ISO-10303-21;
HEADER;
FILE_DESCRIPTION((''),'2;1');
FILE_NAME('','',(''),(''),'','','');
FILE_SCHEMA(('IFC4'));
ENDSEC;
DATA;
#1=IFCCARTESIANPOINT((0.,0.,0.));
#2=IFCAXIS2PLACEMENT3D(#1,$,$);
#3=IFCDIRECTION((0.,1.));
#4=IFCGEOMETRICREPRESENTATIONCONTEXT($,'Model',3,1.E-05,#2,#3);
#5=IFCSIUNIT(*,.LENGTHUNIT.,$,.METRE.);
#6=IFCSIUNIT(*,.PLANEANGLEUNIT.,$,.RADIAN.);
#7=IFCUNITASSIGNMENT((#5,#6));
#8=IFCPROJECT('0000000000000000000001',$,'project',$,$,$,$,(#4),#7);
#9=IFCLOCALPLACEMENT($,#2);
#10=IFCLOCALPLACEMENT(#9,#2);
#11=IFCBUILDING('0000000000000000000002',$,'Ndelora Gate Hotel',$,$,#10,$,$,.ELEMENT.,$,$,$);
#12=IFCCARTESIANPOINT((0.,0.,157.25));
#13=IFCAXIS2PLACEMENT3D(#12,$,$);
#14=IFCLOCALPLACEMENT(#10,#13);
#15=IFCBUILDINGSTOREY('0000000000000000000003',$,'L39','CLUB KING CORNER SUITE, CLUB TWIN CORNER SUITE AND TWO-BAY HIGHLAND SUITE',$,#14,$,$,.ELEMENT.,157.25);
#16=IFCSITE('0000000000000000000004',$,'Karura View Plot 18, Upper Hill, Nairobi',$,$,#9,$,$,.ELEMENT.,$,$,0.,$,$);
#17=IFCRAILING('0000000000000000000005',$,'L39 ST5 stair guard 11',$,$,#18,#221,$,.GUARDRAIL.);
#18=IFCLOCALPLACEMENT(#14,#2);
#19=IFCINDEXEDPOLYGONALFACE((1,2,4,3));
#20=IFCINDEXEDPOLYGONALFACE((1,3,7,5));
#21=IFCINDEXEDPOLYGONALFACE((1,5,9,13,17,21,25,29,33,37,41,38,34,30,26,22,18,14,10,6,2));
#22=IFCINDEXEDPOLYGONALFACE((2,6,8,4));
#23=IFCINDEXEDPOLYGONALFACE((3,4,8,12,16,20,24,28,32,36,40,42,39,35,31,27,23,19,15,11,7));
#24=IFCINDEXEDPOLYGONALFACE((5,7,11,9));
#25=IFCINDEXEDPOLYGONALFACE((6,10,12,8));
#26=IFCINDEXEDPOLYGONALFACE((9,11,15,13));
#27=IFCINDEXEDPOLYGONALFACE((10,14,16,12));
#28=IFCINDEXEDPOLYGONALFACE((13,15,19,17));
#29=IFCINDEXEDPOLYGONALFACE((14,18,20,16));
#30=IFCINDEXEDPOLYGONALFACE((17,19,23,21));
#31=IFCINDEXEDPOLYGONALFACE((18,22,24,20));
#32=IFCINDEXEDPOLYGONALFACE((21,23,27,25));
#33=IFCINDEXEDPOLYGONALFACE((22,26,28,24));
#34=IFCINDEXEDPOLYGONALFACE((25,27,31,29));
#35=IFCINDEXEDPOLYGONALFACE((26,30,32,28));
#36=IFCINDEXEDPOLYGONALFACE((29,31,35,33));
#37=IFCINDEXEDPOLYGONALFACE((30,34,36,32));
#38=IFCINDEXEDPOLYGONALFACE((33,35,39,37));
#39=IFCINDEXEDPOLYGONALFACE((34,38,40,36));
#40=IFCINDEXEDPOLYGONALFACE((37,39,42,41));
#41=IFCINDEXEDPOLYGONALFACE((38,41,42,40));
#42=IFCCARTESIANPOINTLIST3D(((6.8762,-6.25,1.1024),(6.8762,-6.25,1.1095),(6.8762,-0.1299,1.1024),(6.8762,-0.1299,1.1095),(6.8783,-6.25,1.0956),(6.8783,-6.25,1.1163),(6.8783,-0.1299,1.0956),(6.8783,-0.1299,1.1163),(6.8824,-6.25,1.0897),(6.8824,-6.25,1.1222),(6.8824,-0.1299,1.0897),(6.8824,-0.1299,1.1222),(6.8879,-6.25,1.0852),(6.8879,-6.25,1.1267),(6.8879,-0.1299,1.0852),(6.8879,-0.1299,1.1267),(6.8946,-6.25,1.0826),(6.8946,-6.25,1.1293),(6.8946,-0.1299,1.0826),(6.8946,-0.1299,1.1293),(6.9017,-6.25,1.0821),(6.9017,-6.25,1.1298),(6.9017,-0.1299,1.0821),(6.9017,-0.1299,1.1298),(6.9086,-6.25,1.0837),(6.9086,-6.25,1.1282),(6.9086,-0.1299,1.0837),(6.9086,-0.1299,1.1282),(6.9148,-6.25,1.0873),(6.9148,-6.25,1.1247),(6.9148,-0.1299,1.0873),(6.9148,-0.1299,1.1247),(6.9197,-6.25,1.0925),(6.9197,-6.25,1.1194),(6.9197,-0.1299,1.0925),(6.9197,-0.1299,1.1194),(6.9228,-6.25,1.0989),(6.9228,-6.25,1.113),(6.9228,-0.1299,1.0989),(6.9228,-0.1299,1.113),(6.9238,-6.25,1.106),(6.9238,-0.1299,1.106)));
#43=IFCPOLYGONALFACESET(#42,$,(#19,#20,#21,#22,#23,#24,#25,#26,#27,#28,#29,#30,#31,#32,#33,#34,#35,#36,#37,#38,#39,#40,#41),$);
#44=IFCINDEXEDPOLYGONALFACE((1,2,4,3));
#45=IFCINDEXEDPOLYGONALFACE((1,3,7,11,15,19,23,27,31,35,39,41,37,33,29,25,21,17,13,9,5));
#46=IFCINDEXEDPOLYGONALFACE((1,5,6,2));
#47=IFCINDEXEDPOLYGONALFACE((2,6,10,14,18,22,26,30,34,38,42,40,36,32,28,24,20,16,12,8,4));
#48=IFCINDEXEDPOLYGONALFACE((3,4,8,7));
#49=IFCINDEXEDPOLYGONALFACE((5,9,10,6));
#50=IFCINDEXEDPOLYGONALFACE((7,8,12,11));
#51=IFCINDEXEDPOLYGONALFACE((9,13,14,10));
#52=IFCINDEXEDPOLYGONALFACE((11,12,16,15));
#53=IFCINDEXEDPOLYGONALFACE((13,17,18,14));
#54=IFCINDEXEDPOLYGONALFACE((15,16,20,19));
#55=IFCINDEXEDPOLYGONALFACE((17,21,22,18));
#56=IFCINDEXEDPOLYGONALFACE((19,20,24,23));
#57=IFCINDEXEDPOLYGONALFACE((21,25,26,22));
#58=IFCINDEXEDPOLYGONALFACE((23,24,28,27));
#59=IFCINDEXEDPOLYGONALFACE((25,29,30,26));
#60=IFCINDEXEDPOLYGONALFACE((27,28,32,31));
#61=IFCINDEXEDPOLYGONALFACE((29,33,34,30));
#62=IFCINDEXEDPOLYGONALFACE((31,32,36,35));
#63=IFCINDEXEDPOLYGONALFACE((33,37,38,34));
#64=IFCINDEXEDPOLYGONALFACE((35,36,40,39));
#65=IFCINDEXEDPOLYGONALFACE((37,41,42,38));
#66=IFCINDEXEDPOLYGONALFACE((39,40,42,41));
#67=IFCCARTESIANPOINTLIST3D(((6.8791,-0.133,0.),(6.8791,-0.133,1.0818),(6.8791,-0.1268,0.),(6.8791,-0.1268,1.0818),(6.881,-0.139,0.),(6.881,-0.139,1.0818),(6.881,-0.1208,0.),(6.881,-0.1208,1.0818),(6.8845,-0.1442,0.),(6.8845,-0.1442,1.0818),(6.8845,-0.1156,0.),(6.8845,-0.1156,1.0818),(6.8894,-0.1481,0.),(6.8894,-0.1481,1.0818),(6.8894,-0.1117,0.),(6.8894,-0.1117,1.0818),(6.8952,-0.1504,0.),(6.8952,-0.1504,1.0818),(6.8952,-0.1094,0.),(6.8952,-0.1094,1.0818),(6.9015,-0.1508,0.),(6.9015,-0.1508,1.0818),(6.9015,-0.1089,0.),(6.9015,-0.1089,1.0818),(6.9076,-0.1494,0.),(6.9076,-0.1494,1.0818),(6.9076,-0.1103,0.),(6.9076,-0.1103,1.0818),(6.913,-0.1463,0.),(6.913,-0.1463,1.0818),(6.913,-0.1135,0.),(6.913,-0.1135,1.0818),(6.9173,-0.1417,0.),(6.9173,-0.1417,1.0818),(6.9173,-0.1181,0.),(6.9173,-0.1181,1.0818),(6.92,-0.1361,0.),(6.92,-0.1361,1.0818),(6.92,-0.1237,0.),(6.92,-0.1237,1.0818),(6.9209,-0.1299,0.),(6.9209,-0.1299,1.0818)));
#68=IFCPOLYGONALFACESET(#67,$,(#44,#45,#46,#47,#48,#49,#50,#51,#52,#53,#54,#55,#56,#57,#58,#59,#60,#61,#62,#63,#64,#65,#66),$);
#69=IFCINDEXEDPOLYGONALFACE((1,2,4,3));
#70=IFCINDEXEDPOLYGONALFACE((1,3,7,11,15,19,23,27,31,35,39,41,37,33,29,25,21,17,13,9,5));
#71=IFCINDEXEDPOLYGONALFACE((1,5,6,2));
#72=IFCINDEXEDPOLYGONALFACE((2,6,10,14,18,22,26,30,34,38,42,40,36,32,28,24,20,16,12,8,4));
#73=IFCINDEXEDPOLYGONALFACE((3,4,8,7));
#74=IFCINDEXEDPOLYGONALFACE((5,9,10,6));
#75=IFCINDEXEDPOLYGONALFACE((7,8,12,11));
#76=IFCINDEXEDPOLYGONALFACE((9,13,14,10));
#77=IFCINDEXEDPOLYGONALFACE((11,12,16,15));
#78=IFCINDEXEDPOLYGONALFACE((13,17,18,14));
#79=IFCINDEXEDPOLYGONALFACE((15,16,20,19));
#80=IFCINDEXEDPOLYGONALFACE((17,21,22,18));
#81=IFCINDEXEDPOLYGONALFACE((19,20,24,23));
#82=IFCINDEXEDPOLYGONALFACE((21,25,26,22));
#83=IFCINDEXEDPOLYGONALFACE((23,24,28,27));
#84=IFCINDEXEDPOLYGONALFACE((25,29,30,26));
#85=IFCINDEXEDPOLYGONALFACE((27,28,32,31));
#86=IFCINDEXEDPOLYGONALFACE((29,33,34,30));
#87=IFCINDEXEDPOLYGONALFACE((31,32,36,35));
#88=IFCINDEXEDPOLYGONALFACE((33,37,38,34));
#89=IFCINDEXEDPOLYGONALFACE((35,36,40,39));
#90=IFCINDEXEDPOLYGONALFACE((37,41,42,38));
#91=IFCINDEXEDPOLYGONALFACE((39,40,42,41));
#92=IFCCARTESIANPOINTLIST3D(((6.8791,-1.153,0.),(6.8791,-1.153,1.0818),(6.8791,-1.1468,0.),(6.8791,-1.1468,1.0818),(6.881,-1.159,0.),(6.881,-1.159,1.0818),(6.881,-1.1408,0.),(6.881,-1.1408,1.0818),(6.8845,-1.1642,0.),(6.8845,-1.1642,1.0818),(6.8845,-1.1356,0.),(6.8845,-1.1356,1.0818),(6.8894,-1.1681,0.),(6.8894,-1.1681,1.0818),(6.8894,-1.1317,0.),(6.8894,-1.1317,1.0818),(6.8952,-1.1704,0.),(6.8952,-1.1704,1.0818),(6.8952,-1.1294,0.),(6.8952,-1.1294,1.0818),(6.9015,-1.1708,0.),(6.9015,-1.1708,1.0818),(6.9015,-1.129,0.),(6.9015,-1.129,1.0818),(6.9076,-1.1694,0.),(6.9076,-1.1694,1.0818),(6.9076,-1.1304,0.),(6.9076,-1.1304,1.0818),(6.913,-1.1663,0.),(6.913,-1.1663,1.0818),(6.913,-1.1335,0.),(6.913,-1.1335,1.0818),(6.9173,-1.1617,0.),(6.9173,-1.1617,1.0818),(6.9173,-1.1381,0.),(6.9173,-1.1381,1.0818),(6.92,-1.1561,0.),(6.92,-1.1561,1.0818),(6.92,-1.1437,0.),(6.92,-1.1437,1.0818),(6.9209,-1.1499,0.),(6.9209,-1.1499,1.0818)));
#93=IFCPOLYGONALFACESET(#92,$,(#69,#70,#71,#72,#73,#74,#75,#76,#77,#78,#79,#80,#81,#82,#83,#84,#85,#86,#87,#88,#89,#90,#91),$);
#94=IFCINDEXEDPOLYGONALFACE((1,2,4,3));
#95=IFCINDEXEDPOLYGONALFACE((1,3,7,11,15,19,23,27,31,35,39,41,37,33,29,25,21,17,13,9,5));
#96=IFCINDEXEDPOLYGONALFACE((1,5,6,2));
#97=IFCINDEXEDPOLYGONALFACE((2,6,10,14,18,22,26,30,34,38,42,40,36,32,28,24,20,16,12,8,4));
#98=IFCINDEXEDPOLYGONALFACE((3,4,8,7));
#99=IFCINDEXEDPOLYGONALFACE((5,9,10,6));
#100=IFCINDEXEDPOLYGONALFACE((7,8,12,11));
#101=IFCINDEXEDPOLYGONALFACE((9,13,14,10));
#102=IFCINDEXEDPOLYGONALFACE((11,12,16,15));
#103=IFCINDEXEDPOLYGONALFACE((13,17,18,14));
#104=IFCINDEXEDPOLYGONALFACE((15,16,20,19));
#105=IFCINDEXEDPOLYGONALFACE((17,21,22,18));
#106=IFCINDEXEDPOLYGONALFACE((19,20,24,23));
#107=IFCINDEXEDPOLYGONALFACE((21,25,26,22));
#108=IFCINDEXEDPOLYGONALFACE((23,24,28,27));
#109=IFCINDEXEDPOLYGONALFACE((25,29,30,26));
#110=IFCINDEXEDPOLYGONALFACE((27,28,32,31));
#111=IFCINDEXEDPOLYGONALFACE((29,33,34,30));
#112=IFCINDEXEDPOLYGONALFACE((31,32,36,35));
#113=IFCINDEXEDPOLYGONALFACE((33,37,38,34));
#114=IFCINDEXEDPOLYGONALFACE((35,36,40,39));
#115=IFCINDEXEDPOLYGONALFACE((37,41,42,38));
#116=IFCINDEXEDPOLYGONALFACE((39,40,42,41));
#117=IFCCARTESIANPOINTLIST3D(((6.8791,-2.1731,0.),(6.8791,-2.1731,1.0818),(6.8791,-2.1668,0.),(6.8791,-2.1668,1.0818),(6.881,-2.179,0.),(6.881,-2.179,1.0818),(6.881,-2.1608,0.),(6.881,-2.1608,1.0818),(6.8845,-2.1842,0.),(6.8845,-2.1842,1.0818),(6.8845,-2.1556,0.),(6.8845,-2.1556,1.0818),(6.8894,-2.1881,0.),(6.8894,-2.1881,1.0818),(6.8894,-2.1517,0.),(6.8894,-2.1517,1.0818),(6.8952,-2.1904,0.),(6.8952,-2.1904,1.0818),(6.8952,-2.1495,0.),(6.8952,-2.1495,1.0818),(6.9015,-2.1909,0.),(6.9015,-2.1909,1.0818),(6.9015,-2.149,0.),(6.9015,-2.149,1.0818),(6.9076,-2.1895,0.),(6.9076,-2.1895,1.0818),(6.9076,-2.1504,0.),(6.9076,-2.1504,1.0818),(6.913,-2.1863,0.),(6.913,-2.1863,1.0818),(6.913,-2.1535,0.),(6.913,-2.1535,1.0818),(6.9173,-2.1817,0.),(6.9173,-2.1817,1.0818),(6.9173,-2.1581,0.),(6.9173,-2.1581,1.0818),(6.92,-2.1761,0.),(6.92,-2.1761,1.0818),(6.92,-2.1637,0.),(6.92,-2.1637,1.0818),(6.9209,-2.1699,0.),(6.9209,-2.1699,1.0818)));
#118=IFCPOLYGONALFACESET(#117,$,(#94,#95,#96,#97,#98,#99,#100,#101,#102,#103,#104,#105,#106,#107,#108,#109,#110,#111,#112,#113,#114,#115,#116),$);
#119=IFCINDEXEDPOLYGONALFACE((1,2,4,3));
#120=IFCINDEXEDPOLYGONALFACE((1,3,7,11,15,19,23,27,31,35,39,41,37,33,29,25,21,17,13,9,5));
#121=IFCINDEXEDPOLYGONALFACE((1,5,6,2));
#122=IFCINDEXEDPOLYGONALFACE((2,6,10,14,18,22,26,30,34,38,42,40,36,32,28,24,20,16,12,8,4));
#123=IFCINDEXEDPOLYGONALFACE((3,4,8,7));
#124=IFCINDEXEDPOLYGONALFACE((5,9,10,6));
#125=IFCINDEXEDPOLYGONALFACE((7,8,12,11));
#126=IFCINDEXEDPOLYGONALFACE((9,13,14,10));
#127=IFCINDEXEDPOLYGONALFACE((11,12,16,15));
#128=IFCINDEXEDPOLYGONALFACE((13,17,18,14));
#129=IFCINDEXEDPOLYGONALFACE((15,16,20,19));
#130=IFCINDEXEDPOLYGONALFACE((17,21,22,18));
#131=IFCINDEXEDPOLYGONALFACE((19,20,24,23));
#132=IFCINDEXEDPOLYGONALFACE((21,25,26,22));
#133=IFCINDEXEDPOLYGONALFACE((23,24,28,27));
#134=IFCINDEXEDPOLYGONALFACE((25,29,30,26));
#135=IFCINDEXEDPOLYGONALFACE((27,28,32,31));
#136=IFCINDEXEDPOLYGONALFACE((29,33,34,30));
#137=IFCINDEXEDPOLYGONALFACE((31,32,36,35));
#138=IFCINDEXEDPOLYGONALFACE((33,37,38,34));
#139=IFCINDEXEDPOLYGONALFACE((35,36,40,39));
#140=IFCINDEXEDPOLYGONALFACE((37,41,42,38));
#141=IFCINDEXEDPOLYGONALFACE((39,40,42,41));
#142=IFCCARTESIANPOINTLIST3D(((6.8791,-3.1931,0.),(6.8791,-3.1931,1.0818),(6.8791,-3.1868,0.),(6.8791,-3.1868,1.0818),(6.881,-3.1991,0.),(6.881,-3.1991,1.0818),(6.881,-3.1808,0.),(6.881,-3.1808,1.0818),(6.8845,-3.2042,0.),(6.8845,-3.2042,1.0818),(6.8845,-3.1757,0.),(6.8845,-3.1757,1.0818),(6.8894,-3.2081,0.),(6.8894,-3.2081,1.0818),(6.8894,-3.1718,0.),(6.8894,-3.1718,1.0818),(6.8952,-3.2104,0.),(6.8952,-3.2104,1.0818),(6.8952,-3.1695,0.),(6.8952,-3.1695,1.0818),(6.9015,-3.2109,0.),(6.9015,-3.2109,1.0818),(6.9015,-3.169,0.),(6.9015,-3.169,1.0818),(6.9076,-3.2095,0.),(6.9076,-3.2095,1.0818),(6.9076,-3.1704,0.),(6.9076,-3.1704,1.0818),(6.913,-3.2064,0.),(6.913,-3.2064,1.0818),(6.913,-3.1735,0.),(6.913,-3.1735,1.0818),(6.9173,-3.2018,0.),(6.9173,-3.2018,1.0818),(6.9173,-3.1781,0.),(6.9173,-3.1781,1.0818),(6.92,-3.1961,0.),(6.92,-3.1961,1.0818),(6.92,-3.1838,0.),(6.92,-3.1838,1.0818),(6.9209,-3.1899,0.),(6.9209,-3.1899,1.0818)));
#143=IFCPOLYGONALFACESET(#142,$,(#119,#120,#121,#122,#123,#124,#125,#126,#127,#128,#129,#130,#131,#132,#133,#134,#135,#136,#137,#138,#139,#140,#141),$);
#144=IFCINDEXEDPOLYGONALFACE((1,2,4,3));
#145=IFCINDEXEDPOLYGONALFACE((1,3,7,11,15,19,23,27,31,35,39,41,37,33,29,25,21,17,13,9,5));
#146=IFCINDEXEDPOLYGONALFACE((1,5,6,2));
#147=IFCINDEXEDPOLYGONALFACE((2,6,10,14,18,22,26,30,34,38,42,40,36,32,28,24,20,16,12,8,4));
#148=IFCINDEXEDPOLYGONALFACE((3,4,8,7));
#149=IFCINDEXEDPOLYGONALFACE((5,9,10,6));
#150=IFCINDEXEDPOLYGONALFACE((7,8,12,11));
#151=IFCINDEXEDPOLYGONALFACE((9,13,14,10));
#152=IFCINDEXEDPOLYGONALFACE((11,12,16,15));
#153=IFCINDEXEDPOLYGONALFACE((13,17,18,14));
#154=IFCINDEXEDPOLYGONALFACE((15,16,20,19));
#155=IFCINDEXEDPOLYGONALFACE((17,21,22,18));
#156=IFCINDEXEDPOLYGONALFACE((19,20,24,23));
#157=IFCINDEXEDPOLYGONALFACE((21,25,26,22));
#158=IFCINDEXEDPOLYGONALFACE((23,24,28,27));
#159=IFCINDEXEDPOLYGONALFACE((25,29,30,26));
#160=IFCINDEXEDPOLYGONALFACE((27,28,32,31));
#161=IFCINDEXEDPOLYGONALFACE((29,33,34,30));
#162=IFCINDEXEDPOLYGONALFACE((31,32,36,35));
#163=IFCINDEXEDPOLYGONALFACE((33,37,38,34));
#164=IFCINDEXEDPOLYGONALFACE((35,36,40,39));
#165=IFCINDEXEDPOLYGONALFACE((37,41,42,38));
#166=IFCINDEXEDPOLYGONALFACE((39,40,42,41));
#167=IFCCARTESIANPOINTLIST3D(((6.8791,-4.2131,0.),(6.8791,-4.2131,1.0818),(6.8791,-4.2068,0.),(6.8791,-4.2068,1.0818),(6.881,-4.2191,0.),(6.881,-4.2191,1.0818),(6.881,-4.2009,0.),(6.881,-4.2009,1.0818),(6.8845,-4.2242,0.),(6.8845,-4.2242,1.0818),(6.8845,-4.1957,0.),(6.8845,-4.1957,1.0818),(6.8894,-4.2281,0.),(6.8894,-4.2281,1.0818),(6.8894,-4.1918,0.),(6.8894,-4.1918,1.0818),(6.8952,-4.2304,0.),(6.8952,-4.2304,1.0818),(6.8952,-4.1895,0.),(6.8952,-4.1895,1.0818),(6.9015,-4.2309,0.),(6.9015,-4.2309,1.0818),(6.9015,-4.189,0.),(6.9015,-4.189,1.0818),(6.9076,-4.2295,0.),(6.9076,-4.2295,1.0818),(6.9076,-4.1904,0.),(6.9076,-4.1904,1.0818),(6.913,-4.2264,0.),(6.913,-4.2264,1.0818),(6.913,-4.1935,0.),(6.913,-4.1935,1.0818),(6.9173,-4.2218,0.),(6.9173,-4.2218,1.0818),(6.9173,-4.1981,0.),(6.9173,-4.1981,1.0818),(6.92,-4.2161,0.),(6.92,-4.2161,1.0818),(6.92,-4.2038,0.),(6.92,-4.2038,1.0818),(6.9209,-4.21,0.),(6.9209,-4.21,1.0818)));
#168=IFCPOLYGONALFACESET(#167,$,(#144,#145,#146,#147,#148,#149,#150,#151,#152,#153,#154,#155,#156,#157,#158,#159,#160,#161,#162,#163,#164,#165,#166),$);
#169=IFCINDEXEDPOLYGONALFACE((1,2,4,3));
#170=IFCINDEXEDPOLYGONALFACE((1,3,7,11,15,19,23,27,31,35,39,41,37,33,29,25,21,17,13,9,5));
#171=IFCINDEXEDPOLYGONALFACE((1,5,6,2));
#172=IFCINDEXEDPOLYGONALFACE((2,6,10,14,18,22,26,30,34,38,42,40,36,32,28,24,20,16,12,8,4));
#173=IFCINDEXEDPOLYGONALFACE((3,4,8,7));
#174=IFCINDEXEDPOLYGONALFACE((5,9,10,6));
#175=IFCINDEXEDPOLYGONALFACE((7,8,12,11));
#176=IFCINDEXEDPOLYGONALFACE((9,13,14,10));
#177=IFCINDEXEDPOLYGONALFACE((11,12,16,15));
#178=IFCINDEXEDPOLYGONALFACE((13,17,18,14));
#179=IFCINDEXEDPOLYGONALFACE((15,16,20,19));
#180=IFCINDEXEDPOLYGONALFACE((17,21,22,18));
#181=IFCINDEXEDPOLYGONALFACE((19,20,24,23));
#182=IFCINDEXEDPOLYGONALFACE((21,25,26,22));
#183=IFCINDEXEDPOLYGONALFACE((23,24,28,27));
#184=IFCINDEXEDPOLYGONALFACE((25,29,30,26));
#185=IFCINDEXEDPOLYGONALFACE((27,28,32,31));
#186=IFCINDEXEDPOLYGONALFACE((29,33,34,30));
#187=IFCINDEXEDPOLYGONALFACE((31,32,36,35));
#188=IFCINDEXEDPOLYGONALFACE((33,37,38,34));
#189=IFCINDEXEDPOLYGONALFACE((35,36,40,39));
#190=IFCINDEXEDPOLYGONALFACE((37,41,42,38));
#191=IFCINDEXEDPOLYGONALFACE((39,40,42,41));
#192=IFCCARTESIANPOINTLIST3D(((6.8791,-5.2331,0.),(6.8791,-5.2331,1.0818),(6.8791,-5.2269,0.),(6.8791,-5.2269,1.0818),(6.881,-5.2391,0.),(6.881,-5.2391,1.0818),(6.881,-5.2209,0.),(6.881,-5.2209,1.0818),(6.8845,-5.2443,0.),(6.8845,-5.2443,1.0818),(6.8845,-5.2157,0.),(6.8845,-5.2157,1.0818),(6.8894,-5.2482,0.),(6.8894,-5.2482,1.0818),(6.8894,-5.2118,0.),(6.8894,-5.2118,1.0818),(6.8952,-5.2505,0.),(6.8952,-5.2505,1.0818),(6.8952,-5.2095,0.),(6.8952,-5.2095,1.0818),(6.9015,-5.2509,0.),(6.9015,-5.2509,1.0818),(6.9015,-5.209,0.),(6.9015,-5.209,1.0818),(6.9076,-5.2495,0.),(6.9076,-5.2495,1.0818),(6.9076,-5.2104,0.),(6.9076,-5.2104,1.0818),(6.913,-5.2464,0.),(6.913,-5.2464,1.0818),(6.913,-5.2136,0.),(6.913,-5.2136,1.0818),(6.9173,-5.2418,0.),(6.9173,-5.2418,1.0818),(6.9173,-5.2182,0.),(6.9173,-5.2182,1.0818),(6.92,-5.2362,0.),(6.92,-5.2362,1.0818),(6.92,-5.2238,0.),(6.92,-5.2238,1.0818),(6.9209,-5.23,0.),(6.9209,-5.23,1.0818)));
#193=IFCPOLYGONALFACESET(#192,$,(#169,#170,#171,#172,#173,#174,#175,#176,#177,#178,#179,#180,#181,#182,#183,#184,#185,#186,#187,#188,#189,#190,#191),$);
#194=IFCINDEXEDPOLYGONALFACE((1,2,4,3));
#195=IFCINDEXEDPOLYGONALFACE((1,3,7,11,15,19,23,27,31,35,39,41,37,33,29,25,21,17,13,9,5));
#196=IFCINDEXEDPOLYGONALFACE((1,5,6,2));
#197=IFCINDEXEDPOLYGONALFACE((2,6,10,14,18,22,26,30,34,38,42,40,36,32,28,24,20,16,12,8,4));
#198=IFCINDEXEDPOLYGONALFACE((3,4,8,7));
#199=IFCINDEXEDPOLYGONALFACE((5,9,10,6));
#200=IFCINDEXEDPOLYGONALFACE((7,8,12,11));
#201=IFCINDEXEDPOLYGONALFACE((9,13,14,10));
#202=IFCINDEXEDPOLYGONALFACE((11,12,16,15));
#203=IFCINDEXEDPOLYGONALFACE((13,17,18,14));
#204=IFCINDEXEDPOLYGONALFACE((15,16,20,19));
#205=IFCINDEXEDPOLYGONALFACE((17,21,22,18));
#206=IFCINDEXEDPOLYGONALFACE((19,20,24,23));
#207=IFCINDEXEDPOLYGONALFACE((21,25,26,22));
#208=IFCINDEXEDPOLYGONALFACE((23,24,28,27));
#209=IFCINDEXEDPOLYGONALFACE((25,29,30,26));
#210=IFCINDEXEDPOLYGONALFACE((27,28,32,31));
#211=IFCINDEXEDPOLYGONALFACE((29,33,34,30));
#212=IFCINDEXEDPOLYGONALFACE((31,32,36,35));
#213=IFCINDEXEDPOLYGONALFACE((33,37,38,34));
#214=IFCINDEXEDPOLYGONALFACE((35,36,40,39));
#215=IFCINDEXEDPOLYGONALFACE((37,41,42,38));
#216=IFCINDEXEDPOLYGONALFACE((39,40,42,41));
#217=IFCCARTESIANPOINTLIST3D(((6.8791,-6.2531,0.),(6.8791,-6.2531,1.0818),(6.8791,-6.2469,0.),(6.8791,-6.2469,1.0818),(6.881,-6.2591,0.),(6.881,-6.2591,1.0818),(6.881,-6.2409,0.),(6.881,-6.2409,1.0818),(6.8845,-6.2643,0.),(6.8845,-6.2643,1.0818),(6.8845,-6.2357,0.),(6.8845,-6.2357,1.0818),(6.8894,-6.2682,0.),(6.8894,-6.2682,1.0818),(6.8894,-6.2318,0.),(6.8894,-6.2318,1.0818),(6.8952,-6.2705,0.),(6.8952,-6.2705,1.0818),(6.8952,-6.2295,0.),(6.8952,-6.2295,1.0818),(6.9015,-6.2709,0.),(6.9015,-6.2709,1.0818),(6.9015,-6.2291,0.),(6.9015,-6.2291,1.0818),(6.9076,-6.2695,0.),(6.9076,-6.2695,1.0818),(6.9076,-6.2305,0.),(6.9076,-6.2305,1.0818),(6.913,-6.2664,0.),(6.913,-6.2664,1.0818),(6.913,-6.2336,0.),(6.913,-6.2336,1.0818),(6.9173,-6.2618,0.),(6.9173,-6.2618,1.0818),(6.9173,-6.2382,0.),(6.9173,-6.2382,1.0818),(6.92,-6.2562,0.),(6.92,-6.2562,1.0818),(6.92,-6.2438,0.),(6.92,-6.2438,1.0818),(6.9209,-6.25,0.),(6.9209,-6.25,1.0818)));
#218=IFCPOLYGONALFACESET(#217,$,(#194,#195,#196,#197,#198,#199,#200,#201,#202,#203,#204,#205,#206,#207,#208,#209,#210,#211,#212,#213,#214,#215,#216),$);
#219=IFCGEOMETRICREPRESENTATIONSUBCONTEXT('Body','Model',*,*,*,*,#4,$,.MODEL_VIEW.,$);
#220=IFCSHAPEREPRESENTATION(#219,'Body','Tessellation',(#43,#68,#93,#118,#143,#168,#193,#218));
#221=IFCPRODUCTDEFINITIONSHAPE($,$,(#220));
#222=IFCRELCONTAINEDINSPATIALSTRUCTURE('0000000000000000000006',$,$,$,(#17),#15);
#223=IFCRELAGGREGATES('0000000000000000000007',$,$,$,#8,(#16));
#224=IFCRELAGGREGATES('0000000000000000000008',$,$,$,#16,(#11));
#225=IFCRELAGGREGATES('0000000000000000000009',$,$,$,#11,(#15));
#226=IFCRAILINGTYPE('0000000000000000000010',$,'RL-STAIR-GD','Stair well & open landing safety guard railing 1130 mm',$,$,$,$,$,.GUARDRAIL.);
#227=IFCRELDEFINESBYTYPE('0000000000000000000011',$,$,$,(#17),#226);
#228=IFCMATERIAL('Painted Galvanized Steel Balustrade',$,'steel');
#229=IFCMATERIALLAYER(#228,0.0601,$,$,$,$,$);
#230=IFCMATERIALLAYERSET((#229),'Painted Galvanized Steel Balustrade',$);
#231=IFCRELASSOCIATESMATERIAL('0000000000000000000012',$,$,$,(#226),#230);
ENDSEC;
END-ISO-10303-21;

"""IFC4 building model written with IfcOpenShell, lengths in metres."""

from ifc_helpers import new_model, si_unit, direction, frame, origin, origin_2d, place, context, subcontext, project, spatial, circle, extrude, material, layer, layer_set, type_object, element, save


model = new_model("IFC4")

# Units and contexts
model_context = context("Model", 3, precision=1e-05, world=origin(), true_north=direction((0.0, 1.0)))
body_context = subcontext(model_context, "Body", "Model", "MODEL_VIEW")
ifc_project = project(units=[si_unit("LENGTHUNIT", "METRE"), si_unit("PLANEANGLEUNIT", "RADIAN")], contexts=[model_context])

# Site, building, storey
site_placement = place(None, origin())
site = spatial("IfcSite", under=ifc_project, at=site_placement, Name="Karura View Plot 18, Upper Hill, Nairobi", CompositionType="ELEMENT", RefElevation=0.0)
building_placement = place(site_placement, origin())
building = spatial("IfcBuilding", under=site, at=building_placement, Name="Ndelora Gate Hotel", CompositionType="ELEMENT")
storey_placement = place(building_placement, frame((0.0, 0.0, 157.25)))
storey = spatial("IfcBuildingStorey", under=building, at=storey_placement, Name="L39", Description="CLUB KING CORNER SUITE, CLUB TWIN CORNER SUITE AND TWO-BAY HIGHLAND SUITE", CompositionType="ELEMENT", Elevation=157.25)

# Railing
ifc_material_1 = material(Name="Painted Galvanized Steel Balustrade", Category="steel")
ifc_layer_1 = layer(ifc_material_1, 0.0601)
ifc_layer_set_1 = layer_set([ifc_layer_1], Name="Painted Galvanized Steel Balustrade")
railing_type_1 = type_object("IfcRailingType", Name="RL-STAIR-GD", Description="Stair well & open landing safety guard railing 1130 mm", PredefinedType="GUARDRAIL", material=ifc_layer_set_1)
railing_1_placement = place(storey_placement, frame((6.8999, -0.1299, 0.0)))
element("IfcRailing", 1, at=railing_1_placement, inside=storey, type_object=railing_type_1, Name="L39 ST5 stair guard 11", PredefinedType="GUARDRAIL", context=body_context, shape_type="SweptSolid", body=[
    extrude(circle(Radius=0.0239, at=origin_2d()), frame((0.0, 0.0, 1.106), z_axis=(0.0, -1.0, 0.0), x_axis=(1.0, 0.0, 0.0)), (0.0, 0.0, 1.0), 6.1201),
    extrude(circle(Radius=0.021, at=origin_2d()), origin(), (0.0, 0.0, 1.0), 1.0818),
    extrude(circle(Radius=0.021, at=origin_2d()), frame((0.0, -1.02, 0.0)), (0.0, 0.0, 1.0), 1.0818),
    extrude(circle(Radius=0.021, at=origin_2d()), frame((0.0, -2.04, 0.0)), (0.0, 0.0, 1.0), 1.0818),
    extrude(circle(Radius=0.021, at=origin_2d()), frame((0.0, -3.0601, 0.0)), (0.0, 0.0, 1.0), 1.0818),
    extrude(circle(Radius=0.021, at=origin_2d()), frame((0.0, -4.0801, 0.0)), (0.0, 0.0, 1.0), 1.0818),
    extrude(circle(Radius=0.021, at=origin_2d()), frame((0.0, -5.1001, 0.0)), (0.0, 0.0, 1.0), 1.0818),
    extrude(circle(Radius=0.021, at=origin_2d()), frame((0.0, -6.1201, 0.0)), (0.0, 0.0, 1.0), 1.0818),
])

save(model, "model.ifc")
